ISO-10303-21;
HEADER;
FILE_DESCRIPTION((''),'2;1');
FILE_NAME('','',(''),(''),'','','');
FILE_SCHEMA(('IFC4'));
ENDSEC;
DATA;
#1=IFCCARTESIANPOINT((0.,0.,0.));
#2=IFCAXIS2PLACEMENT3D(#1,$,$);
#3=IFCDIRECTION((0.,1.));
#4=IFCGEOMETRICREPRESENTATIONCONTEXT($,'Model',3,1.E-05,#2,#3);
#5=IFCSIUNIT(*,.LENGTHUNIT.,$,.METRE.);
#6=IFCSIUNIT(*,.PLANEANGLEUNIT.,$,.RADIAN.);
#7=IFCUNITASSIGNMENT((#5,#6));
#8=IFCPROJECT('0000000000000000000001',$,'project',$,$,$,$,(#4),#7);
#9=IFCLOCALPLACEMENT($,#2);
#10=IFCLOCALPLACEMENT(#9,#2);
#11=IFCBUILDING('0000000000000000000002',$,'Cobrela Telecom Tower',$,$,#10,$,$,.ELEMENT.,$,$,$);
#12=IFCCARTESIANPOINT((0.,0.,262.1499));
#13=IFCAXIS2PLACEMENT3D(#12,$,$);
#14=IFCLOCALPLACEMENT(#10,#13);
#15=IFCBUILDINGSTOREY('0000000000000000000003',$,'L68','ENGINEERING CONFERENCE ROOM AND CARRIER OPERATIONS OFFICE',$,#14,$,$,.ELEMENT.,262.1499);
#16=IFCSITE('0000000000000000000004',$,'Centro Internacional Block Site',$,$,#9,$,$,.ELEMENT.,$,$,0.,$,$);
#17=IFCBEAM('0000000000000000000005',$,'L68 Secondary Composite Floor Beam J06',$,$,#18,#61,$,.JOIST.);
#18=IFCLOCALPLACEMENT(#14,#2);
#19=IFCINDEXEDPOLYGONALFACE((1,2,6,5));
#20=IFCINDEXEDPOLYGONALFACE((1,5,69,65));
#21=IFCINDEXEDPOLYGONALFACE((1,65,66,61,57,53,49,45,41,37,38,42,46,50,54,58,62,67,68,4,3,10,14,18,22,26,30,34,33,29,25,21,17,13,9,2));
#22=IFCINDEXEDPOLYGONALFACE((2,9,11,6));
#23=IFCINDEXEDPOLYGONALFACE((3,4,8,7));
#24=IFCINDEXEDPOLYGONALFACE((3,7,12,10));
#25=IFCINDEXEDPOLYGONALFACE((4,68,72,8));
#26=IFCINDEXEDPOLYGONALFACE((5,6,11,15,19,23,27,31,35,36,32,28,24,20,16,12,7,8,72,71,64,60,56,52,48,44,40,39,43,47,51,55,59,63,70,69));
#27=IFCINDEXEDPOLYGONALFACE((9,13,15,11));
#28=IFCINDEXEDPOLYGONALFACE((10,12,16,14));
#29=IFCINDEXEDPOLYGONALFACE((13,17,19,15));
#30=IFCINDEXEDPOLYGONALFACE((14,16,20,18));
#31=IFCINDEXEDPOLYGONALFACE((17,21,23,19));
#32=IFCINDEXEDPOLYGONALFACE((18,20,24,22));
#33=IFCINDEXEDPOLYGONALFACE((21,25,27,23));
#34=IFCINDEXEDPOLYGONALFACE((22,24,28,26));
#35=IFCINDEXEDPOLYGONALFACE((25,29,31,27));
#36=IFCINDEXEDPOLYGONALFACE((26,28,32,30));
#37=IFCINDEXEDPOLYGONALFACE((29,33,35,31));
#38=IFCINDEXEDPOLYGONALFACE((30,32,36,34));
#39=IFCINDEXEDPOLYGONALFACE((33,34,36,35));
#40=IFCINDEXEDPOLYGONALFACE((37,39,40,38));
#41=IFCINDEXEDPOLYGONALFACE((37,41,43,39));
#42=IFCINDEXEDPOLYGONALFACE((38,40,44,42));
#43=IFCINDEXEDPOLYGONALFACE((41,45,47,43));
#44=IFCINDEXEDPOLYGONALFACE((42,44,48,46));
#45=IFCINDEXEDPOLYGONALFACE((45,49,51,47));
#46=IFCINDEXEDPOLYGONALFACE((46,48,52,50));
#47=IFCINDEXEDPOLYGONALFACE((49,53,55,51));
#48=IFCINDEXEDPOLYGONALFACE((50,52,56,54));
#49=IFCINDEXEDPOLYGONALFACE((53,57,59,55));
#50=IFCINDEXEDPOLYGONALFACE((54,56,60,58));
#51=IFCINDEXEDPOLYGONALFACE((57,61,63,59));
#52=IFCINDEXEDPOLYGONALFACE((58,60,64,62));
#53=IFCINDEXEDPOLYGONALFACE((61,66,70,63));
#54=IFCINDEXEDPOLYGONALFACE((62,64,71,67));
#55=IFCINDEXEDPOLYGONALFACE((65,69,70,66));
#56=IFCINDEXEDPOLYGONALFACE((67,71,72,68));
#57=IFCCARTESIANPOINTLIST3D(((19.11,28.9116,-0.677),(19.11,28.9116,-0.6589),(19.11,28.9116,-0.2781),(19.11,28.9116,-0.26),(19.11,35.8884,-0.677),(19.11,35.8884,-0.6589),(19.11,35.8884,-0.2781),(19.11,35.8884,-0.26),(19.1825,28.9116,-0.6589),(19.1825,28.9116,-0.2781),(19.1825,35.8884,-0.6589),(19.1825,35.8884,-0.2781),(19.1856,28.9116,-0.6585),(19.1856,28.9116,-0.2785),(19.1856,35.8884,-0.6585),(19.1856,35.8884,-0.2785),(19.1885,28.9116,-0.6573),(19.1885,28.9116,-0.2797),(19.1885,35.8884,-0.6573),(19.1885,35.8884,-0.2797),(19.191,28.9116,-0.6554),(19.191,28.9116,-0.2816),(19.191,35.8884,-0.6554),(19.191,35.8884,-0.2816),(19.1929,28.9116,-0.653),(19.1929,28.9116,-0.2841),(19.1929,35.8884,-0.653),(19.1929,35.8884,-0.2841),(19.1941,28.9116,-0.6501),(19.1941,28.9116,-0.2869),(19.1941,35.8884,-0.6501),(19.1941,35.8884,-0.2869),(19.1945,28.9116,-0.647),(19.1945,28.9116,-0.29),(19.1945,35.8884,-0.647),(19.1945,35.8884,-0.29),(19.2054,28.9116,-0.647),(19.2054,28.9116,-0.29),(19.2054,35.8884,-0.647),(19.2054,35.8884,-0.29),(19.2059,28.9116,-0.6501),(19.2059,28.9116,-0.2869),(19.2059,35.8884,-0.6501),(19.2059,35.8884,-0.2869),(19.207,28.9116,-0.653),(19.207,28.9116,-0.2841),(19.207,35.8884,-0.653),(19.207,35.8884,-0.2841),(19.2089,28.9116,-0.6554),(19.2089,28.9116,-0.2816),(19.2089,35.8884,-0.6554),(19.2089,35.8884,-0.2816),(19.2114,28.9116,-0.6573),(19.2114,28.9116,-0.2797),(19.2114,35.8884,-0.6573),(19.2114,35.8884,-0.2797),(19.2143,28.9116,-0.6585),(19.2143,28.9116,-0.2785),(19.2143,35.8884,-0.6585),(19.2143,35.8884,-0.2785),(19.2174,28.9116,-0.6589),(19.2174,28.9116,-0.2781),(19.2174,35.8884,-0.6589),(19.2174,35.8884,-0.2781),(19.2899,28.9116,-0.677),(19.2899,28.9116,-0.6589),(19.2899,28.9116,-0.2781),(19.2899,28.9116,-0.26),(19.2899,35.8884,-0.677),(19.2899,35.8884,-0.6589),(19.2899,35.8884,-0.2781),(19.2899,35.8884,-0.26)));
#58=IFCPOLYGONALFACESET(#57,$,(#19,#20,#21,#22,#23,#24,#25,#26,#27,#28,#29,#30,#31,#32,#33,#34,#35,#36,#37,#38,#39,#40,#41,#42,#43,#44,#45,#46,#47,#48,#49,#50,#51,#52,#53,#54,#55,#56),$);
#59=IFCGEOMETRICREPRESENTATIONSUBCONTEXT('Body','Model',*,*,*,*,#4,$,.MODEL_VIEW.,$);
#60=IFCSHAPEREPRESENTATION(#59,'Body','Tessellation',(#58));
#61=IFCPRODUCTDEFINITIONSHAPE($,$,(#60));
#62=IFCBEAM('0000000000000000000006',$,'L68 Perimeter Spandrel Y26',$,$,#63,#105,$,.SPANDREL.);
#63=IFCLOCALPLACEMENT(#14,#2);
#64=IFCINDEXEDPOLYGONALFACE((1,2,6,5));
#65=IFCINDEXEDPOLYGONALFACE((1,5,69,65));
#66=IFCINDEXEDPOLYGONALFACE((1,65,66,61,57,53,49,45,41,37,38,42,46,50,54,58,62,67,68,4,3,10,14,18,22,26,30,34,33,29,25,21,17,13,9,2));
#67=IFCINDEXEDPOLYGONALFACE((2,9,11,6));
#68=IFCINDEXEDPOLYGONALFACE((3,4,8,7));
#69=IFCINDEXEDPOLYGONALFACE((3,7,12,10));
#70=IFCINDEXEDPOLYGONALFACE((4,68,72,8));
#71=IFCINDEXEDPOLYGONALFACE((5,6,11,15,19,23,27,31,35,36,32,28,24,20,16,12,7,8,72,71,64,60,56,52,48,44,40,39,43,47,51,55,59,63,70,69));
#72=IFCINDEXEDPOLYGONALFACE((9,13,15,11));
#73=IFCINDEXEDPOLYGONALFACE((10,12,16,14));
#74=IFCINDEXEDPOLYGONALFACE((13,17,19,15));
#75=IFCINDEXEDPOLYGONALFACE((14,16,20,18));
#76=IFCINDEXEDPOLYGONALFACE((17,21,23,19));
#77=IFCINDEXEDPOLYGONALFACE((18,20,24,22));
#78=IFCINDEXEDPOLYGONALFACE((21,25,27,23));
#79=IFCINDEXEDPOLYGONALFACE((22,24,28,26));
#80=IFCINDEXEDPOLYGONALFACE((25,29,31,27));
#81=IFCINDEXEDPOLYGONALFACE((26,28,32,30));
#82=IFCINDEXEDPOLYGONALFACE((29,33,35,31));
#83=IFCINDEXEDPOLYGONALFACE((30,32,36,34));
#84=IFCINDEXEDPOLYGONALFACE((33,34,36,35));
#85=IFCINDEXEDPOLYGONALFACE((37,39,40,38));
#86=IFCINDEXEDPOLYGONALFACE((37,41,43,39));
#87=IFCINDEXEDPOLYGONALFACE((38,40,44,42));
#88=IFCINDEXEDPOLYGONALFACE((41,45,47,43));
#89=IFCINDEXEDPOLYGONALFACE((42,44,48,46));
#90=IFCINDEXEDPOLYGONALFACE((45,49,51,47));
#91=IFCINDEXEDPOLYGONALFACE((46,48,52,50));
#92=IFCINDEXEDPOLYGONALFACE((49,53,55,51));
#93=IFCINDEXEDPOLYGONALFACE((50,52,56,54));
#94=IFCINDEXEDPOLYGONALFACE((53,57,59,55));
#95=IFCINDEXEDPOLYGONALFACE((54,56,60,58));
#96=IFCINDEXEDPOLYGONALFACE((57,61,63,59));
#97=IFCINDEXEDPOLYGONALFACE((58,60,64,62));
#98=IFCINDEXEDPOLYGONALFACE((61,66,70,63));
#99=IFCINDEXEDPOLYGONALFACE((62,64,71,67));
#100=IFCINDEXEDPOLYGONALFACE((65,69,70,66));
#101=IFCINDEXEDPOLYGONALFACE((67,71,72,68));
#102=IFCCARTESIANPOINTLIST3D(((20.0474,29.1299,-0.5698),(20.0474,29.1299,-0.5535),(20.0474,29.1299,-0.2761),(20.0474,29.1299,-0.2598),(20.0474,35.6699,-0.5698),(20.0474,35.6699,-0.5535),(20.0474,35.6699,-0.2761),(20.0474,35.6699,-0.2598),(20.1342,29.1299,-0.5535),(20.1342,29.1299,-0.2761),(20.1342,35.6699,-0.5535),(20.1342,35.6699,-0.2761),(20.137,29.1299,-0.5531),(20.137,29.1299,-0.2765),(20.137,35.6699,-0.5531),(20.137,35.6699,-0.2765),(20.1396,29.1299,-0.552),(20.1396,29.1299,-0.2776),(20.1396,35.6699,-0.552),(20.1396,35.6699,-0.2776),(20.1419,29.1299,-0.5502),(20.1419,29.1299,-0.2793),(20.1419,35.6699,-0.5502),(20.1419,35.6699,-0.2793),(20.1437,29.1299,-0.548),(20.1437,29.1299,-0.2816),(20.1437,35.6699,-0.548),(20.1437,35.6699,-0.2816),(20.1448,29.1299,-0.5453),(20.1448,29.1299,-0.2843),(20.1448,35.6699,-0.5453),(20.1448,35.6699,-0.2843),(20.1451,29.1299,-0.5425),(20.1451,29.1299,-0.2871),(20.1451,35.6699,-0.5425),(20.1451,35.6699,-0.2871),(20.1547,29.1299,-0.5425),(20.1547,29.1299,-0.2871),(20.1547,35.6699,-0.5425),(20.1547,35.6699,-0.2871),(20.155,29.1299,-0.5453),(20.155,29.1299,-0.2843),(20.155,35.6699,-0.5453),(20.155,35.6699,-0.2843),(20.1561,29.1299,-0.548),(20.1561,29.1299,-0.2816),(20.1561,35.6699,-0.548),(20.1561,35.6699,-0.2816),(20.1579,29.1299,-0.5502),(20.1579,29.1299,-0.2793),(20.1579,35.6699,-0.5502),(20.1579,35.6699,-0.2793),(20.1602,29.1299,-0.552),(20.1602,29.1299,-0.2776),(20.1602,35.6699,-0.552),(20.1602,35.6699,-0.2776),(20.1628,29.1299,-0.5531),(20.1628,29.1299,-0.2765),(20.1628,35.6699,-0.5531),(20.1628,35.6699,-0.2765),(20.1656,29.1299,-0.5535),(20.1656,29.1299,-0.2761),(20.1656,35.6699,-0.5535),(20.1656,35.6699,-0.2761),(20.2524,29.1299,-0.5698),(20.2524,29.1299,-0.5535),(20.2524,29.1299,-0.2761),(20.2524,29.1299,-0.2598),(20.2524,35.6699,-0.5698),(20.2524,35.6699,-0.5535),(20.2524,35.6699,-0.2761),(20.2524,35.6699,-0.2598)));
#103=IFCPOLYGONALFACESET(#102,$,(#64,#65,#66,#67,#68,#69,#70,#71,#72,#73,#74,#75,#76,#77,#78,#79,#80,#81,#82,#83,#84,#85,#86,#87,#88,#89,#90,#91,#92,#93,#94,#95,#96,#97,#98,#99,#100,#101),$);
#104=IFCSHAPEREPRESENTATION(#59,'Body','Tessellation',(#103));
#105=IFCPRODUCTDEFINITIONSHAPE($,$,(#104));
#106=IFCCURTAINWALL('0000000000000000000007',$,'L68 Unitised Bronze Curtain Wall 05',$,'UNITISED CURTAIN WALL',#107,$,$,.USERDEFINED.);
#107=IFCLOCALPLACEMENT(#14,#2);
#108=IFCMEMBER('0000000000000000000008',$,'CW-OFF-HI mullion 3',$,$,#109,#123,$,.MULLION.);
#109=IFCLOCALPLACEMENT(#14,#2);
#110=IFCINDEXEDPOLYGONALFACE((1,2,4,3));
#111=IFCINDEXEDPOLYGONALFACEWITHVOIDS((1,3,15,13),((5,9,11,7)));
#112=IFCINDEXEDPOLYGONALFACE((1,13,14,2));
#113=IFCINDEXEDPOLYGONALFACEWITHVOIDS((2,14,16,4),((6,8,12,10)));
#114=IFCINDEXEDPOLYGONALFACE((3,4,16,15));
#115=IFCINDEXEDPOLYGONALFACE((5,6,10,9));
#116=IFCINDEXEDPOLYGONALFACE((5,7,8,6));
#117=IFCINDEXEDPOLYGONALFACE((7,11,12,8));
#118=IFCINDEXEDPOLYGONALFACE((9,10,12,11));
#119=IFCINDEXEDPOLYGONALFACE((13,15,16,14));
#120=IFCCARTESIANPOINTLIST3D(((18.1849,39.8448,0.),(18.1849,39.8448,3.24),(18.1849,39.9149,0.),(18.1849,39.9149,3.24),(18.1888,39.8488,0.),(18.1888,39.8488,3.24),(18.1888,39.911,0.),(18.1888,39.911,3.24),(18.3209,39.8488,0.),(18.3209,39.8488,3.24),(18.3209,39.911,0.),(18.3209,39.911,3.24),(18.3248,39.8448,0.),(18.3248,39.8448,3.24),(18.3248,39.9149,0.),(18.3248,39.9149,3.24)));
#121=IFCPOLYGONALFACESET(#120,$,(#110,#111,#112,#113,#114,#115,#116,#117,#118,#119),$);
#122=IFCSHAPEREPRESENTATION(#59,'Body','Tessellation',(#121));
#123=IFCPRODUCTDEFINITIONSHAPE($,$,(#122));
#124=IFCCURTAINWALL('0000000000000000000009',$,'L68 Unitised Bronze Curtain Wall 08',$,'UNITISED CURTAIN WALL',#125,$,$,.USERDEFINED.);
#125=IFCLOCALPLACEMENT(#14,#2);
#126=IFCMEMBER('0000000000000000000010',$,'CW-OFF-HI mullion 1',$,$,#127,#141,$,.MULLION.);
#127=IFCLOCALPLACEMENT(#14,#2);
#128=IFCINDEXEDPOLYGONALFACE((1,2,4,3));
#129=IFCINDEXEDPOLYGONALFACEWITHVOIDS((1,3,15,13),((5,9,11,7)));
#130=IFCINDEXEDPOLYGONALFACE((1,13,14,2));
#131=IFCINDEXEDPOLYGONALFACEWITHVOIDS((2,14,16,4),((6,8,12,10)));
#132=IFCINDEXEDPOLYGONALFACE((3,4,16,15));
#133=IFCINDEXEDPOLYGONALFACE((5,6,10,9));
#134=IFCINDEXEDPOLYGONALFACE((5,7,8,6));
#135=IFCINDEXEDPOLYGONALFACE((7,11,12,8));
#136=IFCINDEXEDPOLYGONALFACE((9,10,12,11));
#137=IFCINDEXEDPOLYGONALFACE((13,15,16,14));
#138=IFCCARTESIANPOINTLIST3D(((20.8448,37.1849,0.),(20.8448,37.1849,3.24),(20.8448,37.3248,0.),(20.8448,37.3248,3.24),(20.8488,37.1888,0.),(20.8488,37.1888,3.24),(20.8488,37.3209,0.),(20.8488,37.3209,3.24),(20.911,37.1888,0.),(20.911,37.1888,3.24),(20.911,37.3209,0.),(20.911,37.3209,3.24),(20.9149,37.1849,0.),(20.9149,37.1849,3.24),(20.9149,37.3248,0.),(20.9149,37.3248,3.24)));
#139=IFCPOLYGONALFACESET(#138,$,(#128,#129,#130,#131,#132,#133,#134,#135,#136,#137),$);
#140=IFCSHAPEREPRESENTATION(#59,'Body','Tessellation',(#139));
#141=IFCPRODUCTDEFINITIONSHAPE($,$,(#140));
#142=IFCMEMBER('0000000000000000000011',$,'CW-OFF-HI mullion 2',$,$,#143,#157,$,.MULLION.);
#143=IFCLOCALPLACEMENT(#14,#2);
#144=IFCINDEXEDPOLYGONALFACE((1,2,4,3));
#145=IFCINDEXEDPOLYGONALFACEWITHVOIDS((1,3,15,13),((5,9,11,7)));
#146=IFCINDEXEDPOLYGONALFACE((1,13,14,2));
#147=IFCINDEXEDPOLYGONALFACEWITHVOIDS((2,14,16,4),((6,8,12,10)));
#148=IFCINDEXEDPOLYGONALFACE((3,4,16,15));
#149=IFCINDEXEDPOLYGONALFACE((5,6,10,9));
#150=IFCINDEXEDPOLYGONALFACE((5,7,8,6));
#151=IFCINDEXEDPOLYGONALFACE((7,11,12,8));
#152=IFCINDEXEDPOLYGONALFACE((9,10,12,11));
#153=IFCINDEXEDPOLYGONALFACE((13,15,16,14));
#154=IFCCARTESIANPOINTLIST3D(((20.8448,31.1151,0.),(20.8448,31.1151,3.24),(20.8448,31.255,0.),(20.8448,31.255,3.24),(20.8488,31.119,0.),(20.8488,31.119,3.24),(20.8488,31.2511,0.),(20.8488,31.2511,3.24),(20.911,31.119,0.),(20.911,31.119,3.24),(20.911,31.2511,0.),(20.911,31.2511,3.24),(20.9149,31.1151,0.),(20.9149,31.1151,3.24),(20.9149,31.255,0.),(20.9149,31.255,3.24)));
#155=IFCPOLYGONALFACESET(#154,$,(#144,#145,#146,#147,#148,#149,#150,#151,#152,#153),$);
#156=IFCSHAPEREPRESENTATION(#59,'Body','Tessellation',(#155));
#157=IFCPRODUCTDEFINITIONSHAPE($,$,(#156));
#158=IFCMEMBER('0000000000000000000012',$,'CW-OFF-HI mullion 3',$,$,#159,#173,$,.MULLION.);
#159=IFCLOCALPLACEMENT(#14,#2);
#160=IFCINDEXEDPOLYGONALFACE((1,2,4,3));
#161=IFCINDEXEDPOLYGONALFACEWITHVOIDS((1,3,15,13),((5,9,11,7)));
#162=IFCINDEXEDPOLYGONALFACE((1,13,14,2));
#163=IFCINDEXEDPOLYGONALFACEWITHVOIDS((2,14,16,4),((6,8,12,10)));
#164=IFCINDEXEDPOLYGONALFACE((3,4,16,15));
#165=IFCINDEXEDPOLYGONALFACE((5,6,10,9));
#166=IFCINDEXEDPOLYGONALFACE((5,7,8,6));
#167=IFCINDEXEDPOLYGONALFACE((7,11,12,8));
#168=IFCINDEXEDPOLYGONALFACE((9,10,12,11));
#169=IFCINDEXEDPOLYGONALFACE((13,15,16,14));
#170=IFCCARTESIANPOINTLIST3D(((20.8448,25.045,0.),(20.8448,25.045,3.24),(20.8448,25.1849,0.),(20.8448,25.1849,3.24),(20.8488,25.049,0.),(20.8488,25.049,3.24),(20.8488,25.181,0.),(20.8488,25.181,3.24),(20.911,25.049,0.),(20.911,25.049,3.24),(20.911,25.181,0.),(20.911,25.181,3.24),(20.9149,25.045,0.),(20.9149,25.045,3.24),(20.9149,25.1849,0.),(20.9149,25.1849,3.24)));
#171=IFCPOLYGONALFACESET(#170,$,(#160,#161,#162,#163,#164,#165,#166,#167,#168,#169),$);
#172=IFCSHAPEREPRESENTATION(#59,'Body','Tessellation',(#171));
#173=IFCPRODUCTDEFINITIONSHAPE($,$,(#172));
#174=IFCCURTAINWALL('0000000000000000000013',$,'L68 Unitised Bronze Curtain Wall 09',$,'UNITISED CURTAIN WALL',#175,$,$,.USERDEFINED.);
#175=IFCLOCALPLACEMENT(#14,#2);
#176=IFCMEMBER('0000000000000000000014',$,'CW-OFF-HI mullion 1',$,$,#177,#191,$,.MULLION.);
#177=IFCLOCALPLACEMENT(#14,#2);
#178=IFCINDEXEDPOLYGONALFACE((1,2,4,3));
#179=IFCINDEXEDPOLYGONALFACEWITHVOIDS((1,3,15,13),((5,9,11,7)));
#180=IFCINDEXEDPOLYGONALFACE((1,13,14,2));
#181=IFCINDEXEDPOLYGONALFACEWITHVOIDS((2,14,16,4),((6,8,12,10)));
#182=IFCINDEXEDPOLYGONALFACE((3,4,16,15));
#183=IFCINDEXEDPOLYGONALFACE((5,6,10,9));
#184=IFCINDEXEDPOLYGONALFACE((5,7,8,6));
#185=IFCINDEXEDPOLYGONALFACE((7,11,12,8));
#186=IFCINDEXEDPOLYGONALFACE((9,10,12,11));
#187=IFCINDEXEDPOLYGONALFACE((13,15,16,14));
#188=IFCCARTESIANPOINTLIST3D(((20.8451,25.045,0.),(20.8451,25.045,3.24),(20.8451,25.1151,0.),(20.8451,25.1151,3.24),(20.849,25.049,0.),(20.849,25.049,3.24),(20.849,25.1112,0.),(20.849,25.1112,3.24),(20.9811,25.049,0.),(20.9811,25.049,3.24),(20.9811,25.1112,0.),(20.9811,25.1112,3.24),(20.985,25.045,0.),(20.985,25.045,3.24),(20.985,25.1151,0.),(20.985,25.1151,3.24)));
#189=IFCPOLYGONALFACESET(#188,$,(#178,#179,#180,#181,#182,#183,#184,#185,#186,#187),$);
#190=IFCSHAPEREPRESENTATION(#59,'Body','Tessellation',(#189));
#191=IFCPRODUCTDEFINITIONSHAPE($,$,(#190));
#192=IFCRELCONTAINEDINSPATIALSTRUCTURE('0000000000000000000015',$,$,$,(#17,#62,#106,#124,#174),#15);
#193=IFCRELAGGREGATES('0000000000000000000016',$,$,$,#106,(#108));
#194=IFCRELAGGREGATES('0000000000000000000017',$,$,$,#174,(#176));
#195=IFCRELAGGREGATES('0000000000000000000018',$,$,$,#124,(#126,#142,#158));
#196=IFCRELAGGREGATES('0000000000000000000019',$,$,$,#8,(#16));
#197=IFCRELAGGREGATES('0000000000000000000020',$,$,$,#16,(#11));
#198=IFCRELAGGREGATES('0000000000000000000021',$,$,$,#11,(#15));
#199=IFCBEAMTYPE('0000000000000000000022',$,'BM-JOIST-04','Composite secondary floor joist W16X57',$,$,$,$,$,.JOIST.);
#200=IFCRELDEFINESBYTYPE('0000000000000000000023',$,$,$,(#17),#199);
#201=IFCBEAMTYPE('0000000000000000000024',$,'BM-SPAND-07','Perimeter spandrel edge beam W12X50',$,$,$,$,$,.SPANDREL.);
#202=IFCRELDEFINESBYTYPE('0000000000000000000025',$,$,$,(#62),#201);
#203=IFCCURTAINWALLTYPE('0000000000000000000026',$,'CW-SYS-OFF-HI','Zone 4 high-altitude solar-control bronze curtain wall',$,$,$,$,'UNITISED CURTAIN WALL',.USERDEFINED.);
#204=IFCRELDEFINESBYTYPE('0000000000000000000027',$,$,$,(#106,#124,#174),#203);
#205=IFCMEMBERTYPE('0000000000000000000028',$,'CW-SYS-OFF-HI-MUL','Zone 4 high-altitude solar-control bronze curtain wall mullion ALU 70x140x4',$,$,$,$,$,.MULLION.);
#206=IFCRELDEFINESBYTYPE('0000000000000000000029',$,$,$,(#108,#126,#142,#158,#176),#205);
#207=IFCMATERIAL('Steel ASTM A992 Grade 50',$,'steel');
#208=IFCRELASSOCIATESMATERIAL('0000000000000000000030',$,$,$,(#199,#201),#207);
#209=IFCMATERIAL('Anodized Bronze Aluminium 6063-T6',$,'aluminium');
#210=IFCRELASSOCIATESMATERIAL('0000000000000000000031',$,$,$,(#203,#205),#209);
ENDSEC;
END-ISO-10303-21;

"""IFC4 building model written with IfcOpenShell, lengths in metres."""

from ifc_helpers import new_model, si_unit, direction, frame, origin, origin_2d, place, context, subcontext, project, spatial, hollow_rectangle, i_section, extrude, material, material_profile, profile_set, type_object, element, aggregate, save


model = new_model("IFC4")

# Units and contexts
model_context = context("Model", 3, precision=1e-05, world=origin(), true_north=direction((0.0, 1.0)))
body_context = subcontext(model_context, "Body", "Model", "MODEL_VIEW")
ifc_project = project(units=[si_unit("LENGTHUNIT", "METRE"), si_unit("PLANEANGLEUNIT", "RADIAN")], contexts=[model_context])

# Site, building, storey
site_placement = place(None, origin())
site = spatial("IfcSite", under=ifc_project, at=site_placement, Name="Centro Internacional Block Site", CompositionType="ELEMENT", RefElevation=0.0)
building_placement = place(site_placement, origin())
building = spatial("IfcBuilding", under=site, at=building_placement, Name="Cobrela Telecom Tower", CompositionType="ELEMENT")
storey_placement = place(building_placement, frame((0.0, 0.0, 262.1499)))
storey = spatial("IfcBuildingStorey", under=building, at=storey_placement, Name="L68", Description="ENGINEERING CONFERENCE ROOM AND CARRIER OPERATIONS OFFICE", CompositionType="ELEMENT", Elevation=262.1499)

# Shared definitions
ifc_material_1 = material(Name="Steel ASTM A992 Grade 50", Category="steel")

# Beams
ifc_material_profile_1 = material_profile(ifc_material_1, i_section(OverallWidth=0.1799, OverallDepth=0.417, WebThickness=0.011, FlangeThickness=0.0181, FilletRadius=0.012, at=origin_2d()), Name="W16X57")
ifc_profile_set_1 = profile_set([ifc_material_profile_1], Name="Steel ASTM A992 Grade 50")
beam_type_1 = type_object("IfcBeamType", Name="BM-JOIST-04", Description="Composite secondary floor joist W16X57", PredefinedType="JOIST", material=ifc_profile_set_1)
beam_1_placement = place(storey_placement, frame((19.2, 28.9116, -0.4685), z_axis=(0.0, 1.0, 0.0), x_axis=(-1.0, 0.0, 0.0)))
element("IfcBeam", 1, at=beam_1_placement, inside=storey, type_object=beam_type_1, Name="L68 Secondary Composite Floor Beam J06", PredefinedType="JOIST", context=body_context, shape_type="SweptSolid", body=[
    extrude(i_section(OverallWidth=0.1799, OverallDepth=0.417, WebThickness=0.011, FlangeThickness=0.0181, FilletRadius=0.012, at=origin_2d()), origin(), (0.0, 0.0, 1.0), 6.9768),
])
ifc_material_profile_2 = material_profile(ifc_material_1, i_section(OverallWidth=0.2051, OverallDepth=0.3101, WebThickness=0.0095, FlangeThickness=0.0164, FilletRadius=0.011, at=origin_2d()), Name="W12X50")
ifc_profile_set_2 = profile_set([ifc_material_profile_2], Name="Steel ASTM A992 Grade 50")
beam_type_2 = type_object("IfcBeamType", Name="BM-SPAND-07", Description="Perimeter spandrel edge beam W12X50", PredefinedType="SPANDREL", material=ifc_profile_set_2)
beam_2_placement = place(storey_placement, frame((20.1499, 29.1299, -0.4148), z_axis=(0.0, 1.0, 0.0), x_axis=(-1.0, 0.0, 0.0)))
element("IfcBeam", 2, at=beam_2_placement, inside=storey, type_object=beam_type_2, Name="L68 Perimeter Spandrel Y26", PredefinedType="SPANDREL", context=body_context, shape_type="SweptSolid", body=[
    extrude(i_section(OverallWidth=0.2051, OverallDepth=0.3101, WebThickness=0.0095, FlangeThickness=0.0164, FilletRadius=0.011, at=origin_2d()), origin(), (0.0, 0.0, 1.0), 6.54),
])

# Curtain wall, member
ifc_material_2 = material(Name="Anodized Bronze Aluminium 6063-T6", Category="aluminium")
curtain_wall_type = type_object("IfcCurtainWallType", Name="CW-SYS-OFF-HI", Description="Zone 4 high-altitude solar-control bronze curtain wall", ElementType="UNITISED CURTAIN WALL", PredefinedType="USERDEFINED", material=ifc_material_2)
curtain_wall_1_placement = place(storey_placement, origin())
curtain_wall_1 = element("IfcCurtainWall", 3, at=curtain_wall_1_placement, inside=storey, type_object=curtain_wall_type, Name="L68 Unitised Bronze Curtain Wall 05", ObjectType="UNITISED CURTAIN WALL", PredefinedType="USERDEFINED")
ifc_material_profile_3 = material_profile(ifc_material_2, hollow_rectangle(XDim=0.0701, YDim=0.1399, WallThickness=0.0039, at=origin_2d()), Name="ALU 70x140x4")
ifc_profile_set_3 = profile_set([ifc_material_profile_3], Name="Anodized Bronze Aluminium 6063-T6")
member_type_1 = type_object("IfcMemberType", Name="CW-SYS-OFF-HI-MUL", Description="Zone 4 high-altitude solar-control bronze curtain wall mullion ALU 70x140x4", PredefinedType="MULLION", material=ifc_profile_set_3)
member_1_placement = place(storey_placement, frame((18.2549, 39.8799, 0.0), z_axis=(0.0, 0.0, 1.0), x_axis=(0.0, 1.0, 0.0)))
member_1 = element("IfcMember", 4, at=member_1_placement, type_object=member_type_1, Name="CW-OFF-HI mullion 3", PredefinedType="MULLION", context=body_context, shape_type="SweptSolid", body=[
    extrude(hollow_rectangle(XDim=0.0701, YDim=0.1399, WallThickness=0.0039, at=origin_2d()), origin(), (0.0, 0.0, 1.0), 3.24),
])
aggregate(curtain_wall_1, [member_1])

# Curtain wall, members
curtain_wall_2_placement = place(storey_placement, origin())
curtain_wall_2 = element("IfcCurtainWall", 5, at=curtain_wall_2_placement, inside=storey, type_object=curtain_wall_type, Name="L68 Unitised Bronze Curtain Wall 08", ObjectType="UNITISED CURTAIN WALL", PredefinedType="USERDEFINED")
member_2_placement = place(storey_placement, frame((20.8799, 37.2549, 0.0), z_axis=(0.0, 0.0, 1.0), x_axis=(1.0, 0.0, 0.0)))
member_2 = element("IfcMember", 6, at=member_2_placement, type_object=member_type_1, Name="CW-OFF-HI mullion 1", PredefinedType="MULLION", context=body_context, shape_type="SweptSolid", body=[
    extrude(hollow_rectangle(XDim=0.0701, YDim=0.1399, WallThickness=0.0039, at=origin_2d()), origin(), (0.0, 0.0, 1.0), 3.24),
])
member_3_placement = place(storey_placement, frame((20.8799, 31.1851, 0.0), z_axis=(0.0, 0.0, 1.0), x_axis=(1.0, 0.0, 0.0)))
member_3 = element("IfcMember", 7, at=member_3_placement, type_object=member_type_1, Name="CW-OFF-HI mullion 2", PredefinedType="MULLION", context=body_context, shape_type="SweptSolid", body=[
    extrude(hollow_rectangle(XDim=0.0701, YDim=0.1399, WallThickness=0.0039, at=origin_2d()), origin(), (0.0, 0.0, 1.0), 3.24),
])
member_4_placement = place(storey_placement, frame((20.8799, 25.115, 0.0), z_axis=(0.0, 0.0, 1.0), x_axis=(1.0, 0.0, 0.0)))
member_4 = element("IfcMember", 8, at=member_4_placement, type_object=member_type_1, Name="CW-OFF-HI mullion 3", PredefinedType="MULLION", context=body_context, shape_type="SweptSolid", body=[
    extrude(hollow_rectangle(XDim=0.0701, YDim=0.1399, WallThickness=0.0039, at=origin_2d()), origin(), (0.0, 0.0, 1.0), 3.24),
])

# Curtain wall, member
curtain_wall_3_placement = place(storey_placement, origin())
curtain_wall_3 = element("IfcCurtainWall", 9, at=curtain_wall_3_placement, inside=storey, type_object=curtain_wall_type, Name="L68 Unitised Bronze Curtain Wall 09", ObjectType="UNITISED CURTAIN WALL", PredefinedType="USERDEFINED")
member_5_placement = place(storey_placement, frame((20.915, 25.0801, 0.0), z_axis=(0.0, 0.0, 1.0), x_axis=(0.0, 1.0, 0.0)))
member_5 = element("IfcMember", 10, at=member_5_placement, type_object=member_type_1, Name="CW-OFF-HI mullion 1", PredefinedType="MULLION", context=body_context, shape_type="SweptSolid", body=[
    extrude(hollow_rectangle(XDim=0.0701, YDim=0.1399, WallThickness=0.0039, at=origin_2d()), origin(), (0.0, 0.0, 1.0), 3.24),
])

aggregate(curtain_wall_3, [member_5])

aggregate(curtain_wall_2, [member_2, member_3, member_4])

save(model, "model.ifc")
